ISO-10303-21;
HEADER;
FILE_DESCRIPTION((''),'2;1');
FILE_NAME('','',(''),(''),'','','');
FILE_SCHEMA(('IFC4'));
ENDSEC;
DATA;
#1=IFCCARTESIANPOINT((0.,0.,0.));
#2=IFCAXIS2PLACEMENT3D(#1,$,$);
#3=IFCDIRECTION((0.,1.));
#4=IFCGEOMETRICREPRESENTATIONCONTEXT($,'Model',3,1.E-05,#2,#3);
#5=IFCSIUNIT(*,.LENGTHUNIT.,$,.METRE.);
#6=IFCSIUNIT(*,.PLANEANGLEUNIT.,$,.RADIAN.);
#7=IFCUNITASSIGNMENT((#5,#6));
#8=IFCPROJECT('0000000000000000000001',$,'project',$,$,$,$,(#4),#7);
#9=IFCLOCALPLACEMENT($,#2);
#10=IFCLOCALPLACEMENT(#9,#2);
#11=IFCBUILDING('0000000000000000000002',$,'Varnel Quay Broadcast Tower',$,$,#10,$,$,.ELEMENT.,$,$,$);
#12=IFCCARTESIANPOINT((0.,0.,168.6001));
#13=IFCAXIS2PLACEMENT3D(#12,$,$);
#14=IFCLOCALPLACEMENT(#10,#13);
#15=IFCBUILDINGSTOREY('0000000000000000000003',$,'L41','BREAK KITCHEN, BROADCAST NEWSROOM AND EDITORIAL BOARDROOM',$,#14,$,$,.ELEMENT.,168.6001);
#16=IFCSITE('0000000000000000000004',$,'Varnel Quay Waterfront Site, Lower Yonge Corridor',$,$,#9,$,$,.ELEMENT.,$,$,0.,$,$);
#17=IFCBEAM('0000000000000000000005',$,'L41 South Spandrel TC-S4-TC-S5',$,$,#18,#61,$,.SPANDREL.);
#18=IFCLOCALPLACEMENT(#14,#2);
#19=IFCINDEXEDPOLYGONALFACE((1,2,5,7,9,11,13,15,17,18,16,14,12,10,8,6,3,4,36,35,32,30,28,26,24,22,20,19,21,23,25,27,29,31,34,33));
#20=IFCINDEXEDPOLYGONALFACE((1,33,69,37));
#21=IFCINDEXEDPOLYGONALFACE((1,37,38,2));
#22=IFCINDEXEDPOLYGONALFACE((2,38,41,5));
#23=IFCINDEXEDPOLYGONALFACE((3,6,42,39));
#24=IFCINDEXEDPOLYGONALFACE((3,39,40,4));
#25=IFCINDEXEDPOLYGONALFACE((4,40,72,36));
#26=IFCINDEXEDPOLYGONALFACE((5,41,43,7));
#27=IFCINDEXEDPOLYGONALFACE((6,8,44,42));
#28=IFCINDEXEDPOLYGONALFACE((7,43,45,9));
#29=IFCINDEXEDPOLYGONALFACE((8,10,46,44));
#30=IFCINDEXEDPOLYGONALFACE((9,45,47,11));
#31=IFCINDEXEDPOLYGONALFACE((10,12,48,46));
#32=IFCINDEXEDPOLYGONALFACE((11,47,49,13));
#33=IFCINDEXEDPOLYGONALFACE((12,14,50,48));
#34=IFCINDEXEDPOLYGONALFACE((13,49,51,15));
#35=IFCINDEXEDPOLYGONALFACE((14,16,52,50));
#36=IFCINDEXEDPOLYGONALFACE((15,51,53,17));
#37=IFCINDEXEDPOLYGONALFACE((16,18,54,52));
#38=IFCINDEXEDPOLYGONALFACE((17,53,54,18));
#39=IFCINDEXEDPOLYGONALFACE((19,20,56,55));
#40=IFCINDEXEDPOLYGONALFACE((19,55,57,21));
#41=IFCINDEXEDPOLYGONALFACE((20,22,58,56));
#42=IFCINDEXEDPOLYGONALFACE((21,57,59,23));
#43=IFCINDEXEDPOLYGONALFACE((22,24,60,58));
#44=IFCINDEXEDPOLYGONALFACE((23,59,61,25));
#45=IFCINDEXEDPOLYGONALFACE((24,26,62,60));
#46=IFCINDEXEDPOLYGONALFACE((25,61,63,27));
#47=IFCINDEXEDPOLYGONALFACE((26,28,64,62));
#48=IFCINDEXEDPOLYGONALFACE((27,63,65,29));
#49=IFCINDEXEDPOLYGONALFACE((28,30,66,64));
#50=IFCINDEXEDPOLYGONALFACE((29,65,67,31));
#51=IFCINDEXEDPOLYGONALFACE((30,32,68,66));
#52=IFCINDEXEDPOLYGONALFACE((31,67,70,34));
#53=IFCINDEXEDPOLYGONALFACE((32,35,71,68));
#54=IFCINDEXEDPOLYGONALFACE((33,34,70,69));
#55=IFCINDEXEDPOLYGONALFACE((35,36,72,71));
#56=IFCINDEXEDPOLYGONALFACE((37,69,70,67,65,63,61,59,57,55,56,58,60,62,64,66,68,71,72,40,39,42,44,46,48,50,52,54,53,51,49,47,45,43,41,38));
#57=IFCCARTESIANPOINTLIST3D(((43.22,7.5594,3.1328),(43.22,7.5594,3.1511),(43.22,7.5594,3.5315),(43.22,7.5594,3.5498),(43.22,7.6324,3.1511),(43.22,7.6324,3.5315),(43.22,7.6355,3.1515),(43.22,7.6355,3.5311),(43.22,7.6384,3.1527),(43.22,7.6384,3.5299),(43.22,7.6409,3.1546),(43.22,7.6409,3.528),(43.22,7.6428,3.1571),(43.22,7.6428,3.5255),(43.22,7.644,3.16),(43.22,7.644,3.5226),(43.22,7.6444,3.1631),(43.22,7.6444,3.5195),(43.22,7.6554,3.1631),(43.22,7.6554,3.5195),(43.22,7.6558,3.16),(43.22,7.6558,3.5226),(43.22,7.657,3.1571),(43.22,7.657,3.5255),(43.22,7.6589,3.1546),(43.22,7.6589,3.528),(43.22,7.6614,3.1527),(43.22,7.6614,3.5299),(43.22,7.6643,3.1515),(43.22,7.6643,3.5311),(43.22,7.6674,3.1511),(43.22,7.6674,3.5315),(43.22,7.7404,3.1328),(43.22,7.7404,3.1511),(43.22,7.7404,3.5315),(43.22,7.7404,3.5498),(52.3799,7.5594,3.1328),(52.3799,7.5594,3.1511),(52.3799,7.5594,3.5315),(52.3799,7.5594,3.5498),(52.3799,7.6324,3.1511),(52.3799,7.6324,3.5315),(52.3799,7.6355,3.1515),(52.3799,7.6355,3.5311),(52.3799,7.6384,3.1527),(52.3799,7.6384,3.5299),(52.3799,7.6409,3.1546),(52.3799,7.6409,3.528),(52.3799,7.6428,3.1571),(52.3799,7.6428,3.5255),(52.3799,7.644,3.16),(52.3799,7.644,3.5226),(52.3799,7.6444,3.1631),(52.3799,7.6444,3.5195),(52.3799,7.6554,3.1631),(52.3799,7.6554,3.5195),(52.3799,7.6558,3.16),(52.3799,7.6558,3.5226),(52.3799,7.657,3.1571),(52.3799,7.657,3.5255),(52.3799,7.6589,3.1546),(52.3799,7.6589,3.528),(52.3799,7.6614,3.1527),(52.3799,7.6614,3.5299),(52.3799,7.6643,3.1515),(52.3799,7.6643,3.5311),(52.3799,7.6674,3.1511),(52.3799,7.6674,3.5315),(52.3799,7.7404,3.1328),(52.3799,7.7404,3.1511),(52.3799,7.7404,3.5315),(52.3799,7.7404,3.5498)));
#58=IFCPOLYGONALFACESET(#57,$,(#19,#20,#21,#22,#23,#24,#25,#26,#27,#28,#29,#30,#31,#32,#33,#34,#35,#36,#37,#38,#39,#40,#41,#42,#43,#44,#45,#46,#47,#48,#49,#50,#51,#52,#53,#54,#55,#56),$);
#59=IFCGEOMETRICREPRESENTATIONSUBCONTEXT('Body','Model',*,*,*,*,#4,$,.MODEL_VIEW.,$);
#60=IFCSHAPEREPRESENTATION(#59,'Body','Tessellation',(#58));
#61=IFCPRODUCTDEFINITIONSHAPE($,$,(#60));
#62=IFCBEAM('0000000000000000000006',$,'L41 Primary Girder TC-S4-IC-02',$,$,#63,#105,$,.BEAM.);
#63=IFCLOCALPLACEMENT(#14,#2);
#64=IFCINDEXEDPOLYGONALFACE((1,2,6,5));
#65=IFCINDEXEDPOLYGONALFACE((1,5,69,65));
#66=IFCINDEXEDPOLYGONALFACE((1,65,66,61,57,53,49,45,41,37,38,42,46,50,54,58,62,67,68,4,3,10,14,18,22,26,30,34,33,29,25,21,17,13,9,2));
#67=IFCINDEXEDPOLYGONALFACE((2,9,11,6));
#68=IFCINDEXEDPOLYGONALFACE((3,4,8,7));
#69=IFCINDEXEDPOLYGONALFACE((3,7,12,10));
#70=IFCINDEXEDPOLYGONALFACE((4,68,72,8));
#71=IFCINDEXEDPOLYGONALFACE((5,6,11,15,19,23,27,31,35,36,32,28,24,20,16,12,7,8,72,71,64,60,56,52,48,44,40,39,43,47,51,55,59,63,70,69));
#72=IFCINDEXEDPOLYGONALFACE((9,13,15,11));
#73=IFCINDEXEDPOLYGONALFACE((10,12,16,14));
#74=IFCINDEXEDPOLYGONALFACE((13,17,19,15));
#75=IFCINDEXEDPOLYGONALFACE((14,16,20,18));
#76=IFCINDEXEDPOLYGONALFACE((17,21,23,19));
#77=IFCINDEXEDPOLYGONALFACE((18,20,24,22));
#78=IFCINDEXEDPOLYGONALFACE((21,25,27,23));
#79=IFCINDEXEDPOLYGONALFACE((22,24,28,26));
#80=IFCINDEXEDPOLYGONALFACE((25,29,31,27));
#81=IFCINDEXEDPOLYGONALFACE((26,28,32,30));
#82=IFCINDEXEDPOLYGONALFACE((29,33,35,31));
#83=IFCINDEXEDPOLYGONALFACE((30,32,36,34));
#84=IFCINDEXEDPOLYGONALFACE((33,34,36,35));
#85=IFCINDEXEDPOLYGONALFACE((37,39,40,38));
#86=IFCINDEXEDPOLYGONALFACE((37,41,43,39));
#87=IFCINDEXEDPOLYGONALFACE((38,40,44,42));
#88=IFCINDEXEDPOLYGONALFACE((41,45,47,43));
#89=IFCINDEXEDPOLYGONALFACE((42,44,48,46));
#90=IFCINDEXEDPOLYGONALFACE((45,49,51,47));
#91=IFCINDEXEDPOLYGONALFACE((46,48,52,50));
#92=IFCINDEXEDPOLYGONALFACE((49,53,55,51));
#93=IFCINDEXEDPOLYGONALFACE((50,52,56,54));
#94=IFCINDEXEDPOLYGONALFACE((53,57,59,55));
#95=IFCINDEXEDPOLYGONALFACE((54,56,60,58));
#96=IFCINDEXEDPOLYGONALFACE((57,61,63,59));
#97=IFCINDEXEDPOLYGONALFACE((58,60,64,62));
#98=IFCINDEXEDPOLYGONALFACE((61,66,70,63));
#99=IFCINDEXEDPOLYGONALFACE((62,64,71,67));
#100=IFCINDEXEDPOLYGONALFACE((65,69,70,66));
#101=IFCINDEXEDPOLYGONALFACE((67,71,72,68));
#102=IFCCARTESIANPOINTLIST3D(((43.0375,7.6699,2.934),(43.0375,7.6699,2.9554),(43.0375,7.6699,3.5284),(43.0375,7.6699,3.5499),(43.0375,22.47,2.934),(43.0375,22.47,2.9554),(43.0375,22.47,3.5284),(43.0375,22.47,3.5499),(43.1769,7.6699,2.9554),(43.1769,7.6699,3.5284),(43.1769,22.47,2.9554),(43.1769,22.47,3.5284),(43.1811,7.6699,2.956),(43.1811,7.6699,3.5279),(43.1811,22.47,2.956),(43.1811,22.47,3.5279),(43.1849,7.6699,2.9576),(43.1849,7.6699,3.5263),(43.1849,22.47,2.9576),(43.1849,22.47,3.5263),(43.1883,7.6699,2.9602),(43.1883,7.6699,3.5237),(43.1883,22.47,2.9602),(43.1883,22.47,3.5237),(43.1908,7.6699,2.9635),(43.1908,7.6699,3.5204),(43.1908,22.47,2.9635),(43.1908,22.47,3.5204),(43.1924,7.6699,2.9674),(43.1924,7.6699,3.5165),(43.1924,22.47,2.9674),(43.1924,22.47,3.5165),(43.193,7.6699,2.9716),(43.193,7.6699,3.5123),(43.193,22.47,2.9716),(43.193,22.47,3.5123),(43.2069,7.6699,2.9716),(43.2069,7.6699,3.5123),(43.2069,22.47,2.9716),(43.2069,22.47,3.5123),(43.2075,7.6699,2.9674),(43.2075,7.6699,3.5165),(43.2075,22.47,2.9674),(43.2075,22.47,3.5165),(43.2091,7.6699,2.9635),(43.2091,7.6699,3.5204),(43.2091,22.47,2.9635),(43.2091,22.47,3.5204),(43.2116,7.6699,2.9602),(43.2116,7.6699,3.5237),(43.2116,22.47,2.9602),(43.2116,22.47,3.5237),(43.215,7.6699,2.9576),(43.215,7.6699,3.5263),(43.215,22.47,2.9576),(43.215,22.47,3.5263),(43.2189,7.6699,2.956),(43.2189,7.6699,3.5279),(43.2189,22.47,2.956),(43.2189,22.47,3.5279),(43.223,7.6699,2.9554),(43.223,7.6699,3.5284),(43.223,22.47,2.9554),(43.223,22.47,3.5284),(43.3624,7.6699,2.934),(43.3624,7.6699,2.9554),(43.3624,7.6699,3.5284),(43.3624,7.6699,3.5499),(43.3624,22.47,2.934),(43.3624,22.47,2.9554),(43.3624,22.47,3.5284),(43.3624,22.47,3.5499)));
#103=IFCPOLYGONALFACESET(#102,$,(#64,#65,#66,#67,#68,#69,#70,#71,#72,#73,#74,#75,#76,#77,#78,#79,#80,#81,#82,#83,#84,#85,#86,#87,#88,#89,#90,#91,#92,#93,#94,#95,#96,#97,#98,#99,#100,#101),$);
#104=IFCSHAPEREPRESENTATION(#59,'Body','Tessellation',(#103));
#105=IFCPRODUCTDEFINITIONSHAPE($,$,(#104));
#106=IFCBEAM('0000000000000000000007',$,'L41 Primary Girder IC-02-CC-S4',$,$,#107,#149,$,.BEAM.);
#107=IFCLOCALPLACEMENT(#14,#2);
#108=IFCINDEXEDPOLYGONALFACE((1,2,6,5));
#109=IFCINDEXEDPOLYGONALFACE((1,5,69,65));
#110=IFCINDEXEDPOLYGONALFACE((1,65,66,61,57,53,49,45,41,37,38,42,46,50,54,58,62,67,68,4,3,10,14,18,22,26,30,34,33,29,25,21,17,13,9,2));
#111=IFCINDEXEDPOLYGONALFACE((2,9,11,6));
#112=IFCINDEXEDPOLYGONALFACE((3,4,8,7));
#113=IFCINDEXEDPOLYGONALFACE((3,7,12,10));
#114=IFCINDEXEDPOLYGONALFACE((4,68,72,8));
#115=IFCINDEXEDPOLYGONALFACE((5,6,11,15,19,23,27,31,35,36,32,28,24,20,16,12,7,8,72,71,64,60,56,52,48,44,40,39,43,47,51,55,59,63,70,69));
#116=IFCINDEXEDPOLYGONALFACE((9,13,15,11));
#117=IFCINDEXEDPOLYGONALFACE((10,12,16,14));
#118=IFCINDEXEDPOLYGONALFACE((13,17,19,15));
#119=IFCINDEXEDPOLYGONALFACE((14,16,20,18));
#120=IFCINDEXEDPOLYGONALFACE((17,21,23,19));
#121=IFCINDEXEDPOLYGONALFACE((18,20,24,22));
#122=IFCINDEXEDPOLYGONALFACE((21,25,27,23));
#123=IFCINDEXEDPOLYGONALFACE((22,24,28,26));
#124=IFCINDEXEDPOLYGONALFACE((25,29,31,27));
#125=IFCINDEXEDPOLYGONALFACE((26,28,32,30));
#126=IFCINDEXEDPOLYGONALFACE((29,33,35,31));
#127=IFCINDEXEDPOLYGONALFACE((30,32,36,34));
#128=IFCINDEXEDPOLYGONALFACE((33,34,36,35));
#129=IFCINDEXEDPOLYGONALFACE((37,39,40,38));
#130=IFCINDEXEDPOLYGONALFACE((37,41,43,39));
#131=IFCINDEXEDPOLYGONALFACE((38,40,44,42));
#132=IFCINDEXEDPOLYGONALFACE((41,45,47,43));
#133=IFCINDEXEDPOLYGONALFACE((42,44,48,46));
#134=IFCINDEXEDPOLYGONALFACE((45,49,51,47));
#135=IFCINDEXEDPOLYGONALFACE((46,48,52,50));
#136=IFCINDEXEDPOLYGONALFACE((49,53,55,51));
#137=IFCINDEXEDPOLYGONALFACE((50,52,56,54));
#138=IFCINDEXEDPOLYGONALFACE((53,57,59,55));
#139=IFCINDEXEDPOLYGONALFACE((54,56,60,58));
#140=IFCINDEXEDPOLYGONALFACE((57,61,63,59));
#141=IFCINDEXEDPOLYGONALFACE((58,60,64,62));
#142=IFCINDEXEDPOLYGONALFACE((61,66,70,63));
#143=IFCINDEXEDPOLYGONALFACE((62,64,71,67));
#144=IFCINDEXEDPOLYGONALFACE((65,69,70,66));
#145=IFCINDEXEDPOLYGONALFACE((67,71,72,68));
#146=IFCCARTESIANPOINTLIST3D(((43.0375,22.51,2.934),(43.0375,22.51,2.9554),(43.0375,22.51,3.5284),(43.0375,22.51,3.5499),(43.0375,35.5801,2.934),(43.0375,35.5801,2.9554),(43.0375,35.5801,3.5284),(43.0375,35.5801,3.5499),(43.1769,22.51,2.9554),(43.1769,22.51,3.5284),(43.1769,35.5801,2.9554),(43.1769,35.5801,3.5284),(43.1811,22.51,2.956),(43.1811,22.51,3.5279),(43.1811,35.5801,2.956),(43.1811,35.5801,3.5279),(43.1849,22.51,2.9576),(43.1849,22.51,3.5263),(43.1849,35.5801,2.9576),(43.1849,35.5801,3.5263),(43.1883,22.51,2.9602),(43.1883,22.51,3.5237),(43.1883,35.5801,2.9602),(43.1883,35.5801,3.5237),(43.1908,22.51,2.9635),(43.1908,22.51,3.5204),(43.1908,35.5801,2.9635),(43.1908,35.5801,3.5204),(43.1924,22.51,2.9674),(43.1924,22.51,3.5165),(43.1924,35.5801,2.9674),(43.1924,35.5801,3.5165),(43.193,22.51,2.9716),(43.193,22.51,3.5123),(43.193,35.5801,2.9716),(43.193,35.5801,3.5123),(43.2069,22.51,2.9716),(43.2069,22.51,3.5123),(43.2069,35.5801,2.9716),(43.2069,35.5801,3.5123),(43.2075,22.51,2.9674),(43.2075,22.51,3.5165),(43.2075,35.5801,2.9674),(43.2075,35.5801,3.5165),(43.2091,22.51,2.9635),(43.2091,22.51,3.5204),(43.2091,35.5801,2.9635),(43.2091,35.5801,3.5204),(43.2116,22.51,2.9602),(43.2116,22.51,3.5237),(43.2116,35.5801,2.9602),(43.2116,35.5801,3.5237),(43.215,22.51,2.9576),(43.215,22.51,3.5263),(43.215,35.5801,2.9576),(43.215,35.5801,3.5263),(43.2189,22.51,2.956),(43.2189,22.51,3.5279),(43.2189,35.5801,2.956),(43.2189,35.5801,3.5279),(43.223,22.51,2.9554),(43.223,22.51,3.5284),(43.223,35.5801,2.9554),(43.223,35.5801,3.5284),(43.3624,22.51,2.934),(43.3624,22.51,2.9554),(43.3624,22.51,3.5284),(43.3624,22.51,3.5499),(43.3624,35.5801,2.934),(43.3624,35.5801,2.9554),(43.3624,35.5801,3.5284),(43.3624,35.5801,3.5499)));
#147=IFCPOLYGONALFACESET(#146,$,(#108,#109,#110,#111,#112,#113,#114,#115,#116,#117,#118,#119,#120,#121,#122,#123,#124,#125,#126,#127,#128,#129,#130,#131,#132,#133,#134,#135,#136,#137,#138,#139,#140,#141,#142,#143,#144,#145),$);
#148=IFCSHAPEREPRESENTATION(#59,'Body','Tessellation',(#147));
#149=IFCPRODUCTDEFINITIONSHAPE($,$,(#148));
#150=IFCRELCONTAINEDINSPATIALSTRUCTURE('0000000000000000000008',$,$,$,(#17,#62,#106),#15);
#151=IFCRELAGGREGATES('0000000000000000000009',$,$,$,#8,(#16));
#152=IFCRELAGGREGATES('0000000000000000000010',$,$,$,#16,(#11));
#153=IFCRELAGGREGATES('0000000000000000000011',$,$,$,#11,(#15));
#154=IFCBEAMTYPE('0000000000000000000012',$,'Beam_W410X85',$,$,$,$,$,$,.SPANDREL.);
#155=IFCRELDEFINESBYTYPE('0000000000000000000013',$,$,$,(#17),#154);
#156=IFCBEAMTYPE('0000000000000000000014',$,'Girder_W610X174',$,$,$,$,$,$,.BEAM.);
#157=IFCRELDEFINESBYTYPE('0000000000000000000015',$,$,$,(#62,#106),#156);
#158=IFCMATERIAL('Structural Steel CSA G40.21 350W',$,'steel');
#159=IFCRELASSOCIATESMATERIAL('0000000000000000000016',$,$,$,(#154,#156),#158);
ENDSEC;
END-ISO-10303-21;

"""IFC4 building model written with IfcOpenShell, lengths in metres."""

from ifc_helpers import new_model, si_unit, direction, frame, origin, origin_2d, place, context, subcontext, project, spatial, i_section, extrude, source, transform, mapped, material, material_profile, profile_set, type_object, type_shapes, element, save


model = new_model("IFC4")

# Units and contexts
model_context = context("Model", 3, precision=1e-05, world=origin(), true_north=direction((0.0, 1.0)))
body_context = subcontext(model_context, "Body", "Model", "MODEL_VIEW")
ifc_project = project(units=[si_unit("LENGTHUNIT", "METRE"), si_unit("PLANEANGLEUNIT", "RADIAN")], contexts=[model_context])

# Site, building, storey
site_placement = place(None, origin())
site = spatial("IfcSite", under=ifc_project, at=site_placement, Name="Varnel Quay Waterfront Site, Lower Yonge Corridor", CompositionType="ELEMENT", RefElevation=0.0)
building_placement = place(site_placement, origin())
building = spatial("IfcBuilding", under=site, at=building_placement, Name="Varnel Quay Broadcast Tower", CompositionType="ELEMENT")
storey_placement = place(building_placement, frame((0.0, 0.0, 168.6001)))
storey = spatial("IfcBuildingStorey", under=building, at=storey_placement, Name="L41", Description="BREAK KITCHEN, BROADCAST NEWSROOM AND EDITORIAL BOARDROOM", CompositionType="ELEMENT", Elevation=168.6001)

# Shared definitions
ifc_material_1 = material(Name="Structural Steel CSA G40.21 350W", Category="steel")

# Beams
ifc_material_profile_1 = material_profile(ifc_material_1, i_section(OverallWidth=0.1809, OverallDepth=0.417, WebThickness=0.011, FlangeThickness=0.0183, FilletRadius=0.012, at=origin_2d()), Name="W410X85")
ifc_profile_set_1 = profile_set([ifc_material_profile_1], Name="Structural Steel CSA G40.21 350W")
beam_type_1 = type_object("IfcBeamType", Name="Beam_W410X85", PredefinedType="SPANDREL", material=ifc_profile_set_1)
shared_shape_1 = source(origin(), body_context, "Body", "SweptSolid", [
    extrude(i_section(OverallWidth=0.1809, OverallDepth=0.417, WebThickness=0.011, FlangeThickness=0.0183, FilletRadius=0.012, at=origin_2d()), origin(), (0.0, 0.0, 1.0), 9.1599),
])
type_shapes(beam_type_1, [shared_shape_1])
for number, where, z_axis, x_axis, name in (
    (1, (43.22, 7.6499, 3.3413), (1.0, 0.0, 0.0), (0.0, 1.0, 0.0), "L41 South Spandrel TC-S4-TC-S5"),
):
    element("IfcBeam", number, at=place(storey_placement, frame(where, z_axis=z_axis, x_axis=x_axis)), inside=storey, type_object=beam_type_1, Name=name, PredefinedType="SPANDREL", context=body_context, shape_type="MappedRepresentation", body=[
        mapped(shared_shape_1, transform((0.0, 0.0, 0.0), x_axis=(1.0, 0.0, 0.0), y_axis=(0.0, 1.0, 0.0), z_axis=(0.0, 0.0, 1.0), scale=1.0)),
    ])
ifc_material_profile_2 = material_profile(ifc_material_1, i_section(OverallWidth=0.325, OverallDepth=0.616, WebThickness=0.0139, FlangeThickness=0.0215, FilletRadius=0.0161, at=origin_2d()), Name="W610X174")
ifc_profile_set_2 = profile_set([ifc_material_profile_2], Name="Structural Steel CSA G40.21 350W")
beam_type_2 = type_object("IfcBeamType", Name="Girder_W610X174", PredefinedType="BEAM", material=ifc_profile_set_2)
shared_shape_2 = source(origin(), body_context, "Body", "SweptSolid", [
    extrude(i_section(OverallWidth=0.325, OverallDepth=0.616, WebThickness=0.0139, FlangeThickness=0.0215, FilletRadius=0.0161, at=origin_2d()), origin(), (0.0, 0.0, 1.0), 14.8),
])
beam_1_placement = place(storey_placement, frame((43.2, 7.6699, 3.2419), z_axis=(0.0, 1.0, 0.0), x_axis=(-1.0, 0.0, 0.0)))
element("IfcBeam", 2, at=beam_1_placement, inside=storey, type_object=beam_type_2, Name="L41 Primary Girder TC-S4-IC-02", PredefinedType="BEAM", context=body_context, shape_type="MappedRepresentation", body=[
    mapped(shared_shape_2, transform((0.0, 0.0, 0.0), x_axis=(1.0, 0.0, 0.0), y_axis=(0.0, 1.0, 0.0), z_axis=(0.0, 0.0, 1.0), scale=1.0)),
])
shared_shape_3 = source(origin(), body_context, "Body", "SweptSolid", [
    extrude(i_section(OverallWidth=0.325, OverallDepth=0.616, WebThickness=0.0139, FlangeThickness=0.0215, FilletRadius=0.0161, at=origin_2d()), origin(), (0.0, 0.0, 1.0), 13.0701),
])
beam_2_placement = place(storey_placement, frame((43.2, 22.51, 3.2419), z_axis=(0.0, 1.0, 0.0), x_axis=(-1.0, 0.0, 0.0)))
element("IfcBeam", 3, at=beam_2_placement, inside=storey, type_object=beam_type_2, Name="L41 Primary Girder IC-02-CC-S4", PredefinedType="BEAM", context=body_context, shape_type="MappedRepresentation", body=[
    mapped(shared_shape_3, transform((0.0, 0.0, 0.0), x_axis=(1.0, 0.0, 0.0), y_axis=(0.0, 1.0, 0.0), z_axis=(0.0, 0.0, 1.0), scale=1.0)),
])

save(model, "model.ifc")
